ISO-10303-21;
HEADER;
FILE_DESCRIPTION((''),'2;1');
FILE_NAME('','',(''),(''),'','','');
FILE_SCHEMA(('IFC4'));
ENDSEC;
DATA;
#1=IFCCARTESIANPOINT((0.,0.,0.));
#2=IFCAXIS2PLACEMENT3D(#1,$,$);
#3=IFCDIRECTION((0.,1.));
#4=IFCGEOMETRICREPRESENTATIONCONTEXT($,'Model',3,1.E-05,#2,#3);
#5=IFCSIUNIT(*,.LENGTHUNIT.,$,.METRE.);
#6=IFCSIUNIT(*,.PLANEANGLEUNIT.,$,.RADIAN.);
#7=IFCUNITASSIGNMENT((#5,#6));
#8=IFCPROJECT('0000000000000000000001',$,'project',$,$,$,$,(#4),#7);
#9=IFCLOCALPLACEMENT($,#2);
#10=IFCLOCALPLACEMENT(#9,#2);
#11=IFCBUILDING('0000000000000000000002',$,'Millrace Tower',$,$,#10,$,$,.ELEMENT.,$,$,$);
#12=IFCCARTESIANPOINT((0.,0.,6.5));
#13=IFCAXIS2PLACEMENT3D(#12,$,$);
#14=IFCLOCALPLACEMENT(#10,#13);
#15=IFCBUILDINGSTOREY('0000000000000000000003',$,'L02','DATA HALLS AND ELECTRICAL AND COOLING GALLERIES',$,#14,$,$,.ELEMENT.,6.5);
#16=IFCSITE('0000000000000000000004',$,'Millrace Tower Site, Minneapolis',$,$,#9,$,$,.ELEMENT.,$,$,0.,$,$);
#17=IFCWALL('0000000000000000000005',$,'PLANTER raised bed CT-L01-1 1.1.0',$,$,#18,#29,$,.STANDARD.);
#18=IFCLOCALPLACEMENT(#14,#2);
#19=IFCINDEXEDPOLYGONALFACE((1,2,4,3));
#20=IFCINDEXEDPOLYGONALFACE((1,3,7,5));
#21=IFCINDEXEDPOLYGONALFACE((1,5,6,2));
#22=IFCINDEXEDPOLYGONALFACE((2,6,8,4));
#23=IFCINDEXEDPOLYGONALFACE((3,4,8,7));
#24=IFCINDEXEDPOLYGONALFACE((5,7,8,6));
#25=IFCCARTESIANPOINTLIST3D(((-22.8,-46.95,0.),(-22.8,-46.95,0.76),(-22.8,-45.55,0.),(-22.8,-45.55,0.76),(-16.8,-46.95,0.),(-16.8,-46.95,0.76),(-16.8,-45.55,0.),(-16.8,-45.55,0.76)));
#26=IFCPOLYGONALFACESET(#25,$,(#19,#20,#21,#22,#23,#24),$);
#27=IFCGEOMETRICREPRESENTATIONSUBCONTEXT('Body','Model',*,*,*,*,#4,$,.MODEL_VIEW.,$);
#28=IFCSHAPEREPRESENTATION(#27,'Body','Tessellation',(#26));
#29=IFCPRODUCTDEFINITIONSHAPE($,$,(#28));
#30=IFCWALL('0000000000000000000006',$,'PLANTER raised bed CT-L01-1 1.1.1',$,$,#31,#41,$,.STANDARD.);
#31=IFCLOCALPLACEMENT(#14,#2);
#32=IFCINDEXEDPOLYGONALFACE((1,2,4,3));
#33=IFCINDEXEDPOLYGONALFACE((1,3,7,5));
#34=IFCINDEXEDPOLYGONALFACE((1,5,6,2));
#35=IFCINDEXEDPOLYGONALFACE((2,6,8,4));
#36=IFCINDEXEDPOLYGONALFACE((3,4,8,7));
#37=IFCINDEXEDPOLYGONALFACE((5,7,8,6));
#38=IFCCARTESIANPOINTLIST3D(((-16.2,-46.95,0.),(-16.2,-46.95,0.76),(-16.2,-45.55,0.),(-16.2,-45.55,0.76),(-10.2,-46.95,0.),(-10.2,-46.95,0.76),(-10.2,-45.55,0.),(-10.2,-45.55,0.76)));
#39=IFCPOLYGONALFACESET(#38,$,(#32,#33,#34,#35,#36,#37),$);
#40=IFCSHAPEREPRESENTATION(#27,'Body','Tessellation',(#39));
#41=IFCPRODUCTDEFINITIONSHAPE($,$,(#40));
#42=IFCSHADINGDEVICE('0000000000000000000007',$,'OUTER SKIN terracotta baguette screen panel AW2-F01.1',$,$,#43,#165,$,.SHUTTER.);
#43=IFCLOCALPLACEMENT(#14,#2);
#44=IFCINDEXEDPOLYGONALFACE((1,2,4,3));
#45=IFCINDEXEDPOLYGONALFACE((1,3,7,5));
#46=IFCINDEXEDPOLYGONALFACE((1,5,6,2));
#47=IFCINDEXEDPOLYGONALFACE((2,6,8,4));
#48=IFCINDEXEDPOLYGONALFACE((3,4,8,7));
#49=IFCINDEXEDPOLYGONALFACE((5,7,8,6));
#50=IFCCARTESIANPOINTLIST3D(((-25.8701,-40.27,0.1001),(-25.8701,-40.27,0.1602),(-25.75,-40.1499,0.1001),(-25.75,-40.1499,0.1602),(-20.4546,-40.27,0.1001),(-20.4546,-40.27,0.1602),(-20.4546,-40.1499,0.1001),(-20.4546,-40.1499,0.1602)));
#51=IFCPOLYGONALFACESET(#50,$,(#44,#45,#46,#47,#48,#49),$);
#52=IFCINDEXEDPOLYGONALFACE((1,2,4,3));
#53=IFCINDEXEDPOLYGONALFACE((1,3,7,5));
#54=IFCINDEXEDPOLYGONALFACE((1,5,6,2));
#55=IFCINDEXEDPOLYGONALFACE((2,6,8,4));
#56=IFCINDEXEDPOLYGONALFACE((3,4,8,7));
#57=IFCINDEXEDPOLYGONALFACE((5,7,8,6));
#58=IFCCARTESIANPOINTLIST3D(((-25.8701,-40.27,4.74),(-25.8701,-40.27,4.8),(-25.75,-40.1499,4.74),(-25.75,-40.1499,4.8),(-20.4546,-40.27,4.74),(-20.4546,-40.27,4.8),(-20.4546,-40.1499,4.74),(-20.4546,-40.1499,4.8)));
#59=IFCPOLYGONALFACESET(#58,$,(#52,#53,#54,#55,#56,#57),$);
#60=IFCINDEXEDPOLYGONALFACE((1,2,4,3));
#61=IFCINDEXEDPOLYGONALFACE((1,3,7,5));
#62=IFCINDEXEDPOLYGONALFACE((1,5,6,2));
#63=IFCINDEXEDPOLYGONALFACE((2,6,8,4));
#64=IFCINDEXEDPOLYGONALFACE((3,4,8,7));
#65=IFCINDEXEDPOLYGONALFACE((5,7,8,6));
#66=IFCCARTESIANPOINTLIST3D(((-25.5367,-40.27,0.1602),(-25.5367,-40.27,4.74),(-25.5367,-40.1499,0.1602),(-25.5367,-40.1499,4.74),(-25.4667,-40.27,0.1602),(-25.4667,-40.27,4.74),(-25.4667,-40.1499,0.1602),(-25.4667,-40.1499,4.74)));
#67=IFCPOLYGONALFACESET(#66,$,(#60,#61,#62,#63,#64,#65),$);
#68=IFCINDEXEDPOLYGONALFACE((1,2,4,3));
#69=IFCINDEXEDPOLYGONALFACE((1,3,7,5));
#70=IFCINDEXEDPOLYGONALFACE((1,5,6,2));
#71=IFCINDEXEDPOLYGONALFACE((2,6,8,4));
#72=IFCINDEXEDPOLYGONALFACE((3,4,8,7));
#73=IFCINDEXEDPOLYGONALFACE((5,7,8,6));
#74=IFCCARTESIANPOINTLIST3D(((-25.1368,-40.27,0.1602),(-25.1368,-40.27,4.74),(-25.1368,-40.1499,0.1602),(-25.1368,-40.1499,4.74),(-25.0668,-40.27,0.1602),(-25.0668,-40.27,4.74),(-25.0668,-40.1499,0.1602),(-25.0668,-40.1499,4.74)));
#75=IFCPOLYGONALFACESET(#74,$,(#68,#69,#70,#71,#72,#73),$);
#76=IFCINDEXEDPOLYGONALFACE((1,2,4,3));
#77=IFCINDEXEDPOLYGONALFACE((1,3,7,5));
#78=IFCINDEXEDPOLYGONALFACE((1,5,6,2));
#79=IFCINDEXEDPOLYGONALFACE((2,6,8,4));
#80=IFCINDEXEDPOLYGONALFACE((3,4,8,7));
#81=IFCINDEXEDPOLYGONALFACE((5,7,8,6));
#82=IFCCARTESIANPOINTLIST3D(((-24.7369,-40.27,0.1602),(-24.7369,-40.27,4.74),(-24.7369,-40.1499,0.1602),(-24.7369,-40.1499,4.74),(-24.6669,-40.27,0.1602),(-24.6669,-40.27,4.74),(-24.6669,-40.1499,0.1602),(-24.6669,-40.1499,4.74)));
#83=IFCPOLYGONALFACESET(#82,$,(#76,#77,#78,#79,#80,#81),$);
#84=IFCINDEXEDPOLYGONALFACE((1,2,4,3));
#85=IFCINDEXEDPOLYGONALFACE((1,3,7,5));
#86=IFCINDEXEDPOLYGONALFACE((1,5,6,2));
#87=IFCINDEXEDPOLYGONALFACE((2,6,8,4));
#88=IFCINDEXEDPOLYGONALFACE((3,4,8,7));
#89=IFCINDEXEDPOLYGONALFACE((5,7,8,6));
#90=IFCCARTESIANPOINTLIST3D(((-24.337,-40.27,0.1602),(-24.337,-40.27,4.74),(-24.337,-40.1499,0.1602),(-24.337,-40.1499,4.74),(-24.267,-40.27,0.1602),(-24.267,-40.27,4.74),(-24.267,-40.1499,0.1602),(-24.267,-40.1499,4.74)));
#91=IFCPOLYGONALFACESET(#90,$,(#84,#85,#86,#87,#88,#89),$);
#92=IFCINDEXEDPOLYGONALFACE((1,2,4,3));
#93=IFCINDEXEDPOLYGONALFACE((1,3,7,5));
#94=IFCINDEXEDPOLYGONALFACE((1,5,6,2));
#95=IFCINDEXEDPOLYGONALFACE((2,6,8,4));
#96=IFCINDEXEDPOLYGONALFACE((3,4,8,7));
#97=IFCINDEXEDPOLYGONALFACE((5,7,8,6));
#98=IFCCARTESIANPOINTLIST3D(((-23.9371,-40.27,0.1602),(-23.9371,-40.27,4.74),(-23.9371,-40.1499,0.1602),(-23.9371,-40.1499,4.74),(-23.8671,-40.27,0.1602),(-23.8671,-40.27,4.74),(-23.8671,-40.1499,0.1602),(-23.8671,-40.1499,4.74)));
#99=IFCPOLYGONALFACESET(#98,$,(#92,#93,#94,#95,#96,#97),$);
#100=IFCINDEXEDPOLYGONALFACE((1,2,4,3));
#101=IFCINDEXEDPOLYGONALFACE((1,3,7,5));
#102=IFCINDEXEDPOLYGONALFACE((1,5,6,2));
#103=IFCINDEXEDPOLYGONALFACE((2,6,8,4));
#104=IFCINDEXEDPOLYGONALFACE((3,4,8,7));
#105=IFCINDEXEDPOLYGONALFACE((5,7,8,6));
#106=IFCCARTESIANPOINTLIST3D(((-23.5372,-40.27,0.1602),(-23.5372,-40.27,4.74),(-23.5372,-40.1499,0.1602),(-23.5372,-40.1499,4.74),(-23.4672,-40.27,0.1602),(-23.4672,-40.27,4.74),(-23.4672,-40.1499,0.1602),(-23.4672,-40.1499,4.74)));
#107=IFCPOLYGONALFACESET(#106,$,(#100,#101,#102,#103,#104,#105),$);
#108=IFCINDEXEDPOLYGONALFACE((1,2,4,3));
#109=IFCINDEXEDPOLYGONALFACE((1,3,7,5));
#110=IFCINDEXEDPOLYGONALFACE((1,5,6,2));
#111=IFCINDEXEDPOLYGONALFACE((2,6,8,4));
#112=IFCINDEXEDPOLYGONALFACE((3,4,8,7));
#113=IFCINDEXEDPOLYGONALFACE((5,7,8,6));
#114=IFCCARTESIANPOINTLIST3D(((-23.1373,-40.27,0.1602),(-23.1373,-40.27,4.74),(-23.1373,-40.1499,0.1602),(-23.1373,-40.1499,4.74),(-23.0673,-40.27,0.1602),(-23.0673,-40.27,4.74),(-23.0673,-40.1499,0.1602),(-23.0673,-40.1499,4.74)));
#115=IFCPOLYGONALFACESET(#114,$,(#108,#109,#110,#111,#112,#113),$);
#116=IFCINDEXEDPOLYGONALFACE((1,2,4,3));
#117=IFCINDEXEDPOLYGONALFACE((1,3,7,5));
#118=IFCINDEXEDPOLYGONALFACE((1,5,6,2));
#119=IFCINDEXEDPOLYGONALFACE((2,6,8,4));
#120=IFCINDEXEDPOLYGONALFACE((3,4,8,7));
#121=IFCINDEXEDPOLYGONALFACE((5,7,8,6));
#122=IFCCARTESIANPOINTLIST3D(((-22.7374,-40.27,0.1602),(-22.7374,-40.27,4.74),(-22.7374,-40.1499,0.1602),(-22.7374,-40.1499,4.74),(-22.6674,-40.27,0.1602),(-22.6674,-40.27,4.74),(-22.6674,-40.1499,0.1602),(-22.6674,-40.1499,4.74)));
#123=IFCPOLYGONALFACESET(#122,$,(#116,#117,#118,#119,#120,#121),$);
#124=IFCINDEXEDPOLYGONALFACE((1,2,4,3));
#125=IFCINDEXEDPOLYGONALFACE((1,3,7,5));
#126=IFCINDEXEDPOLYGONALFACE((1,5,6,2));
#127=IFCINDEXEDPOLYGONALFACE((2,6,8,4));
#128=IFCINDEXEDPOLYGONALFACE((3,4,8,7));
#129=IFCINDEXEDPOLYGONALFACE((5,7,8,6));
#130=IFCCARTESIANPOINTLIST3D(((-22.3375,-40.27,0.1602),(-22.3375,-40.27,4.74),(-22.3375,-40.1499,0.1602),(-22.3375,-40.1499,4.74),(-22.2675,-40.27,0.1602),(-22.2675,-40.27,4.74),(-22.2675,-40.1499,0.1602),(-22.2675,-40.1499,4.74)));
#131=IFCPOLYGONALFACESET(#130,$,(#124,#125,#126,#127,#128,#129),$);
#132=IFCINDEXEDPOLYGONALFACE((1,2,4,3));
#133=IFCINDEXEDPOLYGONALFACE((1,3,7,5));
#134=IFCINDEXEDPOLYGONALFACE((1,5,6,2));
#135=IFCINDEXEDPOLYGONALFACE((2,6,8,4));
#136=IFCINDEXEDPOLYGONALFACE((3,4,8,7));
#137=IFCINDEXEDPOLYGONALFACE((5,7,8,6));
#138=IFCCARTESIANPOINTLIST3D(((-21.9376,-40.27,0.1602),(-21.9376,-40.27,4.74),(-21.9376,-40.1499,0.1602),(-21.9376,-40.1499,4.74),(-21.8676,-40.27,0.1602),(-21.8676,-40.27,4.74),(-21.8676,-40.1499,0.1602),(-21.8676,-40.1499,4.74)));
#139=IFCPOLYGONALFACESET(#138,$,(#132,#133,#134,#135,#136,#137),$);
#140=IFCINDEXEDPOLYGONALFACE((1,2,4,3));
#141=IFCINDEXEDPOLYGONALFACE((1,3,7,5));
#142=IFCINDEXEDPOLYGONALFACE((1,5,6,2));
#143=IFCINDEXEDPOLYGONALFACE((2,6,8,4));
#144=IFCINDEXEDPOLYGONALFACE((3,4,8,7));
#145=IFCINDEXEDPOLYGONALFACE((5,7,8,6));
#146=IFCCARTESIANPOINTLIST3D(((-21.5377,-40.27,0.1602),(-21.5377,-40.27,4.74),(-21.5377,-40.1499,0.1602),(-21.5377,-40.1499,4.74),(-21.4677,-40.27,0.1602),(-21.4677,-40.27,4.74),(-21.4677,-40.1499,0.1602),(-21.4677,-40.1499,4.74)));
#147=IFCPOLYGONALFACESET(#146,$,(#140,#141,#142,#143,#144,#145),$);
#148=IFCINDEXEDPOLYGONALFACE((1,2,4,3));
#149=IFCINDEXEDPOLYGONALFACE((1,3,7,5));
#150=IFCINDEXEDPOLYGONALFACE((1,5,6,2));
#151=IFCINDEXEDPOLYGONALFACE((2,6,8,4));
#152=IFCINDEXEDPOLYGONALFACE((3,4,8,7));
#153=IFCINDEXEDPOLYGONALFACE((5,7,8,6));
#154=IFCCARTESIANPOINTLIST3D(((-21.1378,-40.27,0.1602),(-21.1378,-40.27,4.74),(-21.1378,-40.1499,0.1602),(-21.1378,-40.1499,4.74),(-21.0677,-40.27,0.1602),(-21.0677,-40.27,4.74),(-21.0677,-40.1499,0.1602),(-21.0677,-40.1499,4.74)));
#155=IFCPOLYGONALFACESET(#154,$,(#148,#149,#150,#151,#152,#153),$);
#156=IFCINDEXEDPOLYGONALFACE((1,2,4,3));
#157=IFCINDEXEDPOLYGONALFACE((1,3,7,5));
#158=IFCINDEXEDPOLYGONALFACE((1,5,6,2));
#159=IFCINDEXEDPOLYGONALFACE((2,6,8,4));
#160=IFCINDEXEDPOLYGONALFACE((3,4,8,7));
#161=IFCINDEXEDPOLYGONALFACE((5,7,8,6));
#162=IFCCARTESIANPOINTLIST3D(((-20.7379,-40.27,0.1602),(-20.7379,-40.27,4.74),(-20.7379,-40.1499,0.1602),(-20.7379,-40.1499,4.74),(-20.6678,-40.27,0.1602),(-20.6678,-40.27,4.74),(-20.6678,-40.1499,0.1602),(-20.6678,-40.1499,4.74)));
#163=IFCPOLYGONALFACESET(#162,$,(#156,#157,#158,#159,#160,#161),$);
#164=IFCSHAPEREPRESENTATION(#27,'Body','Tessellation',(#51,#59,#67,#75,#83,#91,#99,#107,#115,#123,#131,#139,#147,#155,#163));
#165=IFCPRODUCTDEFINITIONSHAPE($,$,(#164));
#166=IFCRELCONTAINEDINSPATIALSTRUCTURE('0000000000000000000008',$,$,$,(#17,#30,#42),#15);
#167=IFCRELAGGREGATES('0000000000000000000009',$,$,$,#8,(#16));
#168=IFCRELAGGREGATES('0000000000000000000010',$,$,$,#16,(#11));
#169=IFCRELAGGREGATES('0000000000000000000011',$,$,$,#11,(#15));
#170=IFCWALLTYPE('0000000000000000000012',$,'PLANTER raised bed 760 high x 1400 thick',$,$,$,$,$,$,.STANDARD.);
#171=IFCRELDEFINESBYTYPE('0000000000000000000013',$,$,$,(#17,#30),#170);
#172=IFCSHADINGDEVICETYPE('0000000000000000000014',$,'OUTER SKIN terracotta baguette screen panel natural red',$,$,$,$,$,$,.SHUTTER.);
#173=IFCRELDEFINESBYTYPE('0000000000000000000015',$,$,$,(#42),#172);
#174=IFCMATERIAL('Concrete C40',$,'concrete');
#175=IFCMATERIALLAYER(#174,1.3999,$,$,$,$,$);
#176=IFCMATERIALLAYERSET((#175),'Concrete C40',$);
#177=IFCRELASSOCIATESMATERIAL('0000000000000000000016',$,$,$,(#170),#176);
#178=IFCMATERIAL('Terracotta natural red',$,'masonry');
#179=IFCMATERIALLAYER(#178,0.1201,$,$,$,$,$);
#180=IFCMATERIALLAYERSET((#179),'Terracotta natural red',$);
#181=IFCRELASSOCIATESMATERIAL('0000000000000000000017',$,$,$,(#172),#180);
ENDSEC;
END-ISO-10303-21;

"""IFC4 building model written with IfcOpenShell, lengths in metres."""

from ifc_helpers import new_model, entity, si_unit, direction, frame, frame_2d, origin, place, context, subcontext, project, spatial, rectangle, extrude, source, transform, mapped, material, layer, layer_set, type_object, element, save


model = new_model("IFC4")

# Units and contexts
model_context = context("Model", 3, precision=1e-05, world=origin(), true_north=direction((0.0, 1.0)))
body_context = subcontext(model_context, "Body", "Model", "MODEL_VIEW")
ifc_project = project(units=[si_unit("LENGTHUNIT", "METRE"), si_unit("PLANEANGLEUNIT", "RADIAN")], contexts=[model_context])

# Site, building, storey
site_placement = place(None, origin())
site = spatial("IfcSite", under=ifc_project, at=site_placement, Name="Millrace Tower Site, Minneapolis", CompositionType="ELEMENT", RefElevation=0.0)
building_placement = place(site_placement, origin())
building = spatial("IfcBuilding", under=site, at=building_placement, Name="Millrace Tower", CompositionType="ELEMENT")
storey_placement = place(building_placement, frame((0.0, 0.0, 6.5)))
storey = spatial("IfcBuildingStorey", under=building, at=storey_placement, Name="L02", Description="DATA HALLS AND ELECTRICAL AND COOLING GALLERIES", CompositionType="ELEMENT", Elevation=6.5)

# Walls
ifc_material_1 = material(Name="Concrete C40", Category="concrete")
ifc_layer_1 = layer(ifc_material_1, 1.3999)
ifc_layer_set_1 = layer_set([ifc_layer_1], Name="Concrete C40")
wall_type_1 = type_object("IfcWallType", Name="PLANTER raised bed 760 high x 1400 thick", PredefinedType="STANDARD", material=ifc_layer_set_1)
for number, where, z_axis, x_axis, name in (
    (1, (-22.8, -46.25, 0.0), (0.0, 0.0, 1.0), (1.0, 0.0, 0.0), "PLANTER raised bed CT-L01-1 1.1.0"),
    (2, (-16.2, -46.25, 0.0), (0.0, 0.0, 1.0), (1.0, 0.0, 0.0), "PLANTER raised bed CT-L01-1 1.1.1"),
):
    element("IfcWall", number, at=place(storey_placement, frame(where, z_axis=z_axis, x_axis=x_axis)), inside=storey, type_object=wall_type_1, Name=name, PredefinedType="STANDARD", context=body_context, shape_type="SweptSolid", body=[
        extrude(rectangle(XDim=6.0, YDim=1.3999, at=frame_2d((3.0, 0.0))), origin(), (0.0, 0.0, 1.0), 0.76),
    ])

# Shading device
ifc_material_2 = material(Name="Terracotta natural red", Category="masonry")
ifc_layer_2 = layer(ifc_material_2, 0.1201)
ifc_layer_set_2 = layer_set([ifc_layer_2], Name="Terracotta natural red")
shading_device_type_1 = type_object("IfcShadingDeviceType", Name="OUTER SKIN terracotta baguette screen panel natural red", PredefinedType="SHUTTER", material=ifc_layer_set_2)
cartesian_point_1 = entity("IfcCartesianPoint", [-2.6177, 0.0601])
shared_polyline_1 = entity("IfcPolyline", [cartesian_point_1, entity("IfcCartesianPoint", [2.6777, 0.0601]), entity("IfcCartesianPoint", [2.6777, -0.0601]), entity("IfcCartesianPoint", [-2.7378, -0.0601]), cartesian_point_1])
shared_shape_1 = source(origin(), body_context, "Body", "SweptSolid", [
    entity("IfcExtrudedAreaSolid", entity("IfcArbitraryClosedProfileDef", "AREA", None, shared_polyline_1), entity("IfcAxis2Placement3D", entity("IfcCartesianPoint", [0.0, 0.0, 0.0])), entity("IfcDirection", [0.0, 0.0, 1.0]), 0.0601),
    entity("IfcExtrudedAreaSolid", entity("IfcArbitraryClosedProfileDef", "AREA", None, shared_polyline_1), entity("IfcAxis2Placement3D", entity("IfcCartesianPoint", [0.0, 0.0, 4.6399])), entity("IfcDirection", [0.0, 0.0, 1.0]), 0.0601),
    extrude(rectangle(XDim=0.0701, YDim=0.1201, at=frame_2d((-2.3694, 0.0))), frame((0.0, 0.0, 0.0601)), (0.0, 0.0, 1.0), 4.5798),
    extrude(rectangle(XDim=0.0701, YDim=0.1201, at=frame_2d((-1.9695, 0.0))), frame((0.0, 0.0, 0.0601)), (0.0, 0.0, 1.0), 4.5798),
    extrude(rectangle(XDim=0.0701, YDim=0.1201, at=frame_2d((-1.5696, 0.0))), frame((0.0, 0.0, 0.0601)), (0.0, 0.0, 1.0), 4.5798),
    extrude(rectangle(XDim=0.0701, YDim=0.1201, at=frame_2d((-1.1697, 0.0))), frame((0.0, 0.0, 0.0601)), (0.0, 0.0, 1.0), 4.5798),
    extrude(rectangle(XDim=0.0701, YDim=0.1201, at=frame_2d((-0.7698, 0.0))), frame((0.0, 0.0, 0.0601)), (0.0, 0.0, 1.0), 4.5798),
    extrude(rectangle(XDim=0.0701, YDim=0.1201, at=frame_2d((-0.3699, 0.0))), frame((0.0, 0.0, 0.0601)), (0.0, 0.0, 1.0), 4.5798),
    extrude(rectangle(XDim=0.0701, YDim=0.1201, at=frame_2d((0.03, 0.0))), frame((0.0, 0.0, 0.0601)), (0.0, 0.0, 1.0), 4.5798),
    extrude(rectangle(XDim=0.0701, YDim=0.1201, at=frame_2d((0.4299, 0.0))), frame((0.0, 0.0, 0.0601)), (0.0, 0.0, 1.0), 4.5798),
    extrude(rectangle(XDim=0.0701, YDim=0.1201, at=frame_2d((0.8298, 0.0))), frame((0.0, 0.0, 0.0601)), (0.0, 0.0, 1.0), 4.5798),
    extrude(rectangle(XDim=0.0701, YDim=0.1201, at=frame_2d((1.2297, 0.0))), frame((0.0, 0.0, 0.0601)), (0.0, 0.0, 1.0), 4.5798),
    extrude(rectangle(XDim=0.0701, YDim=0.1201, at=frame_2d((1.6296, 0.0))), frame((0.0, 0.0, 0.0601)), (0.0, 0.0, 1.0), 4.5798),
    extrude(rectangle(XDim=0.0701, YDim=0.1201, at=frame_2d((2.0295, 0.0))), frame((0.0, 0.0, 0.0601)), (0.0, 0.0, 1.0), 4.5798),
    extrude(rectangle(XDim=0.0701, YDim=0.1201, at=frame_2d((2.4294, 0.0))), frame((0.0, 0.0, 0.0601)), (0.0, 0.0, 1.0), 4.5798),
])
shading_device_1_placement = place(storey_placement, frame((-23.1323, -40.21, 0.1001), z_axis=(0.0, 0.0, 1.0), x_axis=(1.0, 0.0, 0.0)))
element("IfcShadingDevice", 3, at=shading_device_1_placement, inside=storey, type_object=shading_device_type_1, Name="OUTER SKIN terracotta baguette screen panel AW2-F01.1", PredefinedType="SHUTTER", context=body_context, shape_type="MappedRepresentation", body=[
    mapped(shared_shape_1, transform((0.0, 0.0, 0.0), scale=1.0)),
])

save(model, "model.ifc")
